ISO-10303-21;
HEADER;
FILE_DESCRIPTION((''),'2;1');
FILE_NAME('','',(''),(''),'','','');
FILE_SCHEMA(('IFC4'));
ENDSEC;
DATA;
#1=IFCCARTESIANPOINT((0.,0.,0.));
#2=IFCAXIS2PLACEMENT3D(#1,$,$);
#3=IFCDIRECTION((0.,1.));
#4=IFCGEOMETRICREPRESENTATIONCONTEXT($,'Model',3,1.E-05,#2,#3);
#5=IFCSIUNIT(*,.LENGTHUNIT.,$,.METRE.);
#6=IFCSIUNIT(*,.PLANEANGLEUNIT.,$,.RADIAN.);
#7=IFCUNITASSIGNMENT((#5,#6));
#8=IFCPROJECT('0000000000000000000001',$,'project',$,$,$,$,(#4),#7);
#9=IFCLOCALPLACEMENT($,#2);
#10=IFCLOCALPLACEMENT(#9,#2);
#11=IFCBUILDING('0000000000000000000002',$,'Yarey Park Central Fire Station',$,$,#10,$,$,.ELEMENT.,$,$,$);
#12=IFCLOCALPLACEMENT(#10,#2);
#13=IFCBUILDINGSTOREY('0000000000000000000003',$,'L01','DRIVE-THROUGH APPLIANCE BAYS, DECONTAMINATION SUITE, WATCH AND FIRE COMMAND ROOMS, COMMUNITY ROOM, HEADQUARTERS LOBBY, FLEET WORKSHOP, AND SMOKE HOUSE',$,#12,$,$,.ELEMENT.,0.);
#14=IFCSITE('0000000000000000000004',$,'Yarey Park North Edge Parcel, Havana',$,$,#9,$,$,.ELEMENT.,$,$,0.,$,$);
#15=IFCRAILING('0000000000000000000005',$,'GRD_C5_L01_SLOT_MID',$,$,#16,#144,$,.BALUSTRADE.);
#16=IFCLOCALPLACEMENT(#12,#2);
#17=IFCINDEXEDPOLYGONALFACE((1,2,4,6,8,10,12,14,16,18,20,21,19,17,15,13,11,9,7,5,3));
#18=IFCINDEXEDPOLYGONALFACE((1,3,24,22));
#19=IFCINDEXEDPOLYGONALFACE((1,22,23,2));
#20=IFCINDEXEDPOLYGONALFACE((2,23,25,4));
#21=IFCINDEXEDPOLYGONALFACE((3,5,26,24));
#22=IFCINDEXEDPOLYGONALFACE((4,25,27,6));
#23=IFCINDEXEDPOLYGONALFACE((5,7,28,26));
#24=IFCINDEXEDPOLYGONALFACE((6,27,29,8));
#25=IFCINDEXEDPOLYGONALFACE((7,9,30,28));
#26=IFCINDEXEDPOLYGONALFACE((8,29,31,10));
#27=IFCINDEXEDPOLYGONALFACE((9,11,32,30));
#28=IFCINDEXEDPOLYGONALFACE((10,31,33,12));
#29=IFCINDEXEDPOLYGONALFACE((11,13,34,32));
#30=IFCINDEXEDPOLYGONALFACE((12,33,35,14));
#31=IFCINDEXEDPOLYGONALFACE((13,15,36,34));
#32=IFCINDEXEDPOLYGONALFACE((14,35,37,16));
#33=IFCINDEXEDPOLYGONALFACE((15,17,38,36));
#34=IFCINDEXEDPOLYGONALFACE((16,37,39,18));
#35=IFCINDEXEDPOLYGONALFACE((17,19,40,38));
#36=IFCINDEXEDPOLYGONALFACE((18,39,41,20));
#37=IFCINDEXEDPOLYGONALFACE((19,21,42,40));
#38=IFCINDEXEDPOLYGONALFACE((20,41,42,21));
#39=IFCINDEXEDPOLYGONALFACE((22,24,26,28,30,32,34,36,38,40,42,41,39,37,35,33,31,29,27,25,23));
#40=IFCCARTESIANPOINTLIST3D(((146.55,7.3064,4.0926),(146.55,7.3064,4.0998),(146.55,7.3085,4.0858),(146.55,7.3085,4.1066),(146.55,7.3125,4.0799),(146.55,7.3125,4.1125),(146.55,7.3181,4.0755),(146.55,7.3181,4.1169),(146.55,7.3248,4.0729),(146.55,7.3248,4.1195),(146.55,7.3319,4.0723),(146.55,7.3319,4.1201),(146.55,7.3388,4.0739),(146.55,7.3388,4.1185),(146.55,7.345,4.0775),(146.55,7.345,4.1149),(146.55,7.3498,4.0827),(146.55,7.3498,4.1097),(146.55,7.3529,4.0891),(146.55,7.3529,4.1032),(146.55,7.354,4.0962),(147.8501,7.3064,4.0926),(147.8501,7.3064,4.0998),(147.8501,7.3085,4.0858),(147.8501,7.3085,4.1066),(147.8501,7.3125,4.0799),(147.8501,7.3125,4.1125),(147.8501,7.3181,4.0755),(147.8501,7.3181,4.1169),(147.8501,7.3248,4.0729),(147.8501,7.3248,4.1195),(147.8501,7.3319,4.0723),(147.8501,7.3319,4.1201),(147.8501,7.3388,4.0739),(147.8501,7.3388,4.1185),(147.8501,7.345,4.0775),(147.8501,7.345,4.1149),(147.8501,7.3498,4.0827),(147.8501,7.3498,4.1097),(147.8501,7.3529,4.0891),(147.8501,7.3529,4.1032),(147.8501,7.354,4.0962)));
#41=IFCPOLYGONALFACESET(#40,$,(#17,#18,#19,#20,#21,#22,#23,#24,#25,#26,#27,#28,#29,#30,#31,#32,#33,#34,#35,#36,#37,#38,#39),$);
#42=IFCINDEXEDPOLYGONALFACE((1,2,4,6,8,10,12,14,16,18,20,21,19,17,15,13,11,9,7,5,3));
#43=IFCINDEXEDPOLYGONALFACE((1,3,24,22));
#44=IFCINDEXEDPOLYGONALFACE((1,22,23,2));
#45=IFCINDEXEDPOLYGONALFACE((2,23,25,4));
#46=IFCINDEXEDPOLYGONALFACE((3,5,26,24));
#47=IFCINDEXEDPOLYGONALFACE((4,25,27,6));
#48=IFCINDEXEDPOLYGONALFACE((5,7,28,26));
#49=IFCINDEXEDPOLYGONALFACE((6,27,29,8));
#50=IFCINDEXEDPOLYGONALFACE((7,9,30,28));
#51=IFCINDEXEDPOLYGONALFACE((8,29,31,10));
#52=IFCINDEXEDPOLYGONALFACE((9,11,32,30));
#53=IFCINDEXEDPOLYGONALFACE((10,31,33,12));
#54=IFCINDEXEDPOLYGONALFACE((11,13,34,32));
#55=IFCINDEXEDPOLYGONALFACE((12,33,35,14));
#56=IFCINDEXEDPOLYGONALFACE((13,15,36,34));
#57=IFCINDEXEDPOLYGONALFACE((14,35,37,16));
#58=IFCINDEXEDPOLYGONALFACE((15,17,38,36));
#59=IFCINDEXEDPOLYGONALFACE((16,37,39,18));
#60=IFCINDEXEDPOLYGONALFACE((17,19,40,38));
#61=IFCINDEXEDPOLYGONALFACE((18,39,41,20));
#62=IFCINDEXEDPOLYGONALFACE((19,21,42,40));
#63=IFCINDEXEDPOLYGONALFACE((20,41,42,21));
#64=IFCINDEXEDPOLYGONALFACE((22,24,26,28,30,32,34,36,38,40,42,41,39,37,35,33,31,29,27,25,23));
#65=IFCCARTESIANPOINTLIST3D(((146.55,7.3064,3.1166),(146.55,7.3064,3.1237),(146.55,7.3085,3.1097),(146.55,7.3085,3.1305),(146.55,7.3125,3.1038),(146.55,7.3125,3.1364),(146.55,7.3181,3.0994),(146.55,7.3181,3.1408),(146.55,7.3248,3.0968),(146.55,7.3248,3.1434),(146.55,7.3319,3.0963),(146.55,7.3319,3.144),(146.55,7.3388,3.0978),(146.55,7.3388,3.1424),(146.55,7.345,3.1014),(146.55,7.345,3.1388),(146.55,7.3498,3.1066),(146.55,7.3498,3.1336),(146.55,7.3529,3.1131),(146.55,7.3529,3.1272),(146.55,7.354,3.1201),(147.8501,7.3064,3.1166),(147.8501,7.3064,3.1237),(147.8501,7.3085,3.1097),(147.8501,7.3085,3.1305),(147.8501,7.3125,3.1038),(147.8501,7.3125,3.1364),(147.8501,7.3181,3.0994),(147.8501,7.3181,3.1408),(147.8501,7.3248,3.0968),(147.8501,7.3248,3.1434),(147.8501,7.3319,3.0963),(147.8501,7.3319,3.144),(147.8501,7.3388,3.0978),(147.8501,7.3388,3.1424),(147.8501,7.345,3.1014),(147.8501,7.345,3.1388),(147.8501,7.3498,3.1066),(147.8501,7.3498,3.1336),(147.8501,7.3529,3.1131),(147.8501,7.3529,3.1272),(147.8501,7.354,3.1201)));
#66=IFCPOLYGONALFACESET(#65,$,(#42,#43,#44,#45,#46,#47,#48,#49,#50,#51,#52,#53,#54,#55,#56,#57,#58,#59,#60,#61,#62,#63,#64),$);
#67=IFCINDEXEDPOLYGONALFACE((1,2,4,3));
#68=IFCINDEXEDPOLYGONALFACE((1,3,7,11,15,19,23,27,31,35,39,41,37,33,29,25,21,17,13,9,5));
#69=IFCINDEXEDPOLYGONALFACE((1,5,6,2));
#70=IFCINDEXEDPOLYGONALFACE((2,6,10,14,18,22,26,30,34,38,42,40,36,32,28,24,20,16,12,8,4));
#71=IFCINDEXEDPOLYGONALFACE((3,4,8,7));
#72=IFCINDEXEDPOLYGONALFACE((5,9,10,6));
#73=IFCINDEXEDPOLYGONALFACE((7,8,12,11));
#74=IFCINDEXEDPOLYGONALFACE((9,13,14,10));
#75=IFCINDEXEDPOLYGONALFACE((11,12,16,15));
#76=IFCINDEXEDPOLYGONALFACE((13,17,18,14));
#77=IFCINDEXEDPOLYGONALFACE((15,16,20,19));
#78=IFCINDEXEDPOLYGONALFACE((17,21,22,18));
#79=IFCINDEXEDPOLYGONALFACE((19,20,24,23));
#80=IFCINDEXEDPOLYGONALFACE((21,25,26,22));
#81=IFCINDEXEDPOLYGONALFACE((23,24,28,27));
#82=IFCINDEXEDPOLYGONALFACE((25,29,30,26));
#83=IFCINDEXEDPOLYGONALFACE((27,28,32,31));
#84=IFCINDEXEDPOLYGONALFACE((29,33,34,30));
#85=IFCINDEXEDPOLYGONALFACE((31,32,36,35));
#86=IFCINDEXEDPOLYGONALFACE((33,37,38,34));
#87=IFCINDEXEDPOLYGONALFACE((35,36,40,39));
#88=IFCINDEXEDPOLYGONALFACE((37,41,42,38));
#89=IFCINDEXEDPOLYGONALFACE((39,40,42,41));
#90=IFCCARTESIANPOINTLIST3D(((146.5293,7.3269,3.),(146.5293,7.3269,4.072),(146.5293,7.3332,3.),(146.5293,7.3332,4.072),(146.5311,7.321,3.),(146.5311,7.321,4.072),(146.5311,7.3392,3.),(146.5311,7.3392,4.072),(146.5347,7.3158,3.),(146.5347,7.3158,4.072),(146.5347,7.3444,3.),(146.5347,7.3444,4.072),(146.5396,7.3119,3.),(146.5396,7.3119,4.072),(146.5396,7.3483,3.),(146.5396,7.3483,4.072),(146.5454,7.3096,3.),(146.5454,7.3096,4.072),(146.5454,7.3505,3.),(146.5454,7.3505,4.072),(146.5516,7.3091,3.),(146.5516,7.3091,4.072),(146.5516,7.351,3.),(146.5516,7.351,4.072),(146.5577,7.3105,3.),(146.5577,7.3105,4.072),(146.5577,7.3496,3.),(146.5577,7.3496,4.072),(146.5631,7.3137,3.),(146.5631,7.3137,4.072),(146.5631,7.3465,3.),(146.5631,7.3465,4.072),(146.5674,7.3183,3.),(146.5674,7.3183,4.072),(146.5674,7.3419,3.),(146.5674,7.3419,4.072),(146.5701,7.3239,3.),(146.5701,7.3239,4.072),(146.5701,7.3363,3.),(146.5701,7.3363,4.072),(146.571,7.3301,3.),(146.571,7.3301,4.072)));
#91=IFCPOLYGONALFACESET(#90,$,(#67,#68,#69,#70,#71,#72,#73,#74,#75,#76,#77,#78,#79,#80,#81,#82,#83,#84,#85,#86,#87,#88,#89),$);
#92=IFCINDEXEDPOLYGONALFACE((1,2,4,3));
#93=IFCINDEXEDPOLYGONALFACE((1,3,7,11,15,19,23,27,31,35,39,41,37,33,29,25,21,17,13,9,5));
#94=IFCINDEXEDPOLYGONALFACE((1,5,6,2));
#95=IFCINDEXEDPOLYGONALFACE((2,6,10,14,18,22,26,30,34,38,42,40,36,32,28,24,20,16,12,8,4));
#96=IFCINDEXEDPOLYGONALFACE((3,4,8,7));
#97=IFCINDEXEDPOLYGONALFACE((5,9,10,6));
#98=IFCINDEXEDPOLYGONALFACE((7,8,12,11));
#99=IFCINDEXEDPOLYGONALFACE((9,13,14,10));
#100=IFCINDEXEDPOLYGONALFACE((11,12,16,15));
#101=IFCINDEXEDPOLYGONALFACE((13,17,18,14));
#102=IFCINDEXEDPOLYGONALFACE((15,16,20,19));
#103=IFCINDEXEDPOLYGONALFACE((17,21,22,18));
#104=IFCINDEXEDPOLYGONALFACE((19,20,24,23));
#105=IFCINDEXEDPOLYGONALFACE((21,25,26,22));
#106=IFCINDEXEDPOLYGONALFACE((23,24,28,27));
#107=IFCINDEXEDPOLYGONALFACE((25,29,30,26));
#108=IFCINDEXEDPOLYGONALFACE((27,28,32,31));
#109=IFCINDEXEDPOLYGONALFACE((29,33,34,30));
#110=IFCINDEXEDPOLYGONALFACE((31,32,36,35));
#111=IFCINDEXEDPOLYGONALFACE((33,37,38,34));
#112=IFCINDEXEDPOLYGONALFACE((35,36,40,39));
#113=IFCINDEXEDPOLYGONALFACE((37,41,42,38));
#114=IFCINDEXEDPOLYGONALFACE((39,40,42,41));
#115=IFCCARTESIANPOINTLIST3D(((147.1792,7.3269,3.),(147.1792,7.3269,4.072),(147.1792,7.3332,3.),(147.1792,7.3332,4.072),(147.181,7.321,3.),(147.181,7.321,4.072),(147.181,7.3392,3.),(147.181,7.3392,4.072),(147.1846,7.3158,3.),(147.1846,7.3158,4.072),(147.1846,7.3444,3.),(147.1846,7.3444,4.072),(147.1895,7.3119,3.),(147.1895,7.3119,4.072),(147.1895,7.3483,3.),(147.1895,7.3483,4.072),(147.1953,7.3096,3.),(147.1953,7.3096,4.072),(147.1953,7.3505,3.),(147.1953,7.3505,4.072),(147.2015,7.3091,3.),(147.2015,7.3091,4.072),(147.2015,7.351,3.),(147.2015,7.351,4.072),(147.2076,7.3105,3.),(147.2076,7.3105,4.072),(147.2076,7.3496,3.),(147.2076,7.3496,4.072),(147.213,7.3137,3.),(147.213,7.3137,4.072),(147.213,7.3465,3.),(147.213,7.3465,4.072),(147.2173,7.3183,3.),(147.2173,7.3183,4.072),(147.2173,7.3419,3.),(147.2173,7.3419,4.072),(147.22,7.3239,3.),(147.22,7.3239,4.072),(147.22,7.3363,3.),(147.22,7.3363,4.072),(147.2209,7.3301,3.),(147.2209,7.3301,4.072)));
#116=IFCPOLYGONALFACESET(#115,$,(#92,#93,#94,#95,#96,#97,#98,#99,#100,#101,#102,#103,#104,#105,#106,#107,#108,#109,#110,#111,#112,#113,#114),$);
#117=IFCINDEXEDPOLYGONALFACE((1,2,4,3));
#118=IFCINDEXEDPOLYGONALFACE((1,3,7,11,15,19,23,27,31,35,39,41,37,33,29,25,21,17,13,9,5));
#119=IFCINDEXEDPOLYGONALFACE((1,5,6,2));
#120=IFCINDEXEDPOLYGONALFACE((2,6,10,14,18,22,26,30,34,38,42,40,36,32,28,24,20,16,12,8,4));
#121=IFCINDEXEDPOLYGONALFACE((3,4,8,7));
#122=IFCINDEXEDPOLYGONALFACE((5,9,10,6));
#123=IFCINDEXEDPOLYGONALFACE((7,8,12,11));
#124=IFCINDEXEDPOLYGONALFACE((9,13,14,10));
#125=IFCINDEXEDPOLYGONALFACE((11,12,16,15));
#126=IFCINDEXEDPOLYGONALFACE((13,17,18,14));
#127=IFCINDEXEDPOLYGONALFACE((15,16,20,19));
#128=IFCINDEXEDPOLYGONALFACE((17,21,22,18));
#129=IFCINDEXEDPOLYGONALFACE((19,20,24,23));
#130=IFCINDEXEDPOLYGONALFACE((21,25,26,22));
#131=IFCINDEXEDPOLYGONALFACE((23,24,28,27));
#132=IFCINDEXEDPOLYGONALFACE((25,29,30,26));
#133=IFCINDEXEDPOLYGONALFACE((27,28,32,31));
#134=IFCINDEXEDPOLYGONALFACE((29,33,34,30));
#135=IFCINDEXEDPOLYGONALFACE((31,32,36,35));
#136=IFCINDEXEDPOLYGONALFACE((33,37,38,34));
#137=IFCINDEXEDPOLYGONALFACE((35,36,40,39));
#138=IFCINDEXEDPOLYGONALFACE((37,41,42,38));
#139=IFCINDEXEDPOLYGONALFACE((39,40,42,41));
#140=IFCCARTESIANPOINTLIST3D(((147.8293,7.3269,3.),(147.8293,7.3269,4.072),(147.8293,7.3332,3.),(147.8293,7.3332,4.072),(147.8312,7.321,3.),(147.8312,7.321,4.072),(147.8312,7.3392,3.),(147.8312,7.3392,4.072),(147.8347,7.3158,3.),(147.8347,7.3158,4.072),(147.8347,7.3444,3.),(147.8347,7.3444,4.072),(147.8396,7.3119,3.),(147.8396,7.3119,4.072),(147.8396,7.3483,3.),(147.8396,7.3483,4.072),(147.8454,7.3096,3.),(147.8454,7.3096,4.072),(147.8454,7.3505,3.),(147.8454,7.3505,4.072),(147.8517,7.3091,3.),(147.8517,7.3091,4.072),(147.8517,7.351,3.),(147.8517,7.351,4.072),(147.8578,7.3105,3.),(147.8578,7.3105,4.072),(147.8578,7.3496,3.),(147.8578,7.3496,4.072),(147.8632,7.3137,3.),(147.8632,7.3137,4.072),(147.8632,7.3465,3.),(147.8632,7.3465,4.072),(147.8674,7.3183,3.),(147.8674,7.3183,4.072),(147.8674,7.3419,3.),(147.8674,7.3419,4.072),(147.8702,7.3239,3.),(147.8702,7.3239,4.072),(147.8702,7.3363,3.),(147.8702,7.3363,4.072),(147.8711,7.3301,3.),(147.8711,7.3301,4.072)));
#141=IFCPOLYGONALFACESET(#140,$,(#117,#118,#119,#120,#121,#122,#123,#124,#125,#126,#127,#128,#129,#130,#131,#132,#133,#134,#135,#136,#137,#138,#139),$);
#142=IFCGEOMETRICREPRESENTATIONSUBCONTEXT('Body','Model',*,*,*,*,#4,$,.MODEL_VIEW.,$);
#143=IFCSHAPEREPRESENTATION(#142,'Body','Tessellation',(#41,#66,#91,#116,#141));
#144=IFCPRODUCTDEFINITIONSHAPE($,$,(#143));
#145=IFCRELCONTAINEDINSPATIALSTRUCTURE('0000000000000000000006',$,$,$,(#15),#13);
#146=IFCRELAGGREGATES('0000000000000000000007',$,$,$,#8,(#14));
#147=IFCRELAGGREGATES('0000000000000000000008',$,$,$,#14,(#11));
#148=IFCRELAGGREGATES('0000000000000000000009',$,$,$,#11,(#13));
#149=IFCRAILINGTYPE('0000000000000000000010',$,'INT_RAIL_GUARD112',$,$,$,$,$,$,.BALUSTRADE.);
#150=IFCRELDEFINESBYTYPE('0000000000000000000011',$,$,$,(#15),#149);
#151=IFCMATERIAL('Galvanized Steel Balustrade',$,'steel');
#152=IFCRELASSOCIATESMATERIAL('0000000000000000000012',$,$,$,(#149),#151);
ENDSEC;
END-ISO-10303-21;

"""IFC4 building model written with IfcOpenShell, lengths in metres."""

from ifc_helpers import new_model, si_unit, direction, frame, origin, origin_2d, place, context, subcontext, project, spatial, circle, extrude, material, type_object, element, save


model = new_model("IFC4")

# Units and contexts
model_context = context("Model", 3, precision=1e-05, world=origin(), true_north=direction((0.0, 1.0)))
body_context = subcontext(model_context, "Body", "Model", "MODEL_VIEW")
ifc_project = project(units=[si_unit("LENGTHUNIT", "METRE"), si_unit("PLANEANGLEUNIT", "RADIAN")], contexts=[model_context])

# Site, building, storey
site_placement = place(None, origin())
site = spatial("IfcSite", under=ifc_project, at=site_placement, Name="Yarey Park North Edge Parcel, Havana", CompositionType="ELEMENT", RefElevation=0.0)
building_placement = place(site_placement, origin())
building = spatial("IfcBuilding", under=site, at=building_placement, Name="Yarey Park Central Fire Station", CompositionType="ELEMENT")
storey_placement = place(building_placement, origin())
storey = spatial("IfcBuildingStorey", under=building, at=storey_placement, Name="L01", Description="DRIVE-THROUGH APPLIANCE BAYS, DECONTAMINATION SUITE, WATCH AND FIRE COMMAND ROOMS, COMMUNITY ROOM, HEADQUARTERS LOBBY, FLEET WORKSHOP, AND SMOKE HOUSE", CompositionType="ELEMENT", Elevation=0.0)

# Railing
ifc_material_1 = material(Name="Galvanized Steel Balustrade", Category="steel")
railing_type_1 = type_object("IfcRailingType", Name="INT_RAIL_GUARD112", PredefinedType="BALUSTRADE", material=ifc_material_1)
railing_1_placement = place(storey_placement, frame((146.55, 7.3301, 3.0)))
element("IfcRailing", 1, at=railing_1_placement, inside=storey, type_object=railing_type_1, Name="GRD_C5_L01_SLOT_MID", PredefinedType="BALUSTRADE", context=body_context, shape_type="SweptSolid", body=[
    extrude(circle(Radius=0.0239, at=origin_2d()), frame((0.0, 0.0, 1.0962), z_axis=(1.0, 0.0, 0.0), x_axis=(0.0, 1.0, 0.0)), (0.0, 0.0, 1.0), 1.3),
    extrude(circle(Radius=0.0239, at=origin_2d()), frame((0.0, 0.0, 0.1201), z_axis=(1.0, 0.0, 0.0), x_axis=(0.0, 1.0, 0.0)), (0.0, 0.0, 1.0), 1.3),
    extrude(circle(Radius=0.021, at=origin_2d()), origin(), (0.0, 0.0, 1.0), 1.072),
    extrude(circle(Radius=0.021, at=origin_2d()), frame((0.6499, 0.0, 0.0)), (0.0, 0.0, 1.0), 1.072),
    extrude(circle(Radius=0.021, at=origin_2d()), frame((1.3, 0.0, 0.0)), (0.0, 0.0, 1.0), 1.072),
])

save(model, "model.ifc")
